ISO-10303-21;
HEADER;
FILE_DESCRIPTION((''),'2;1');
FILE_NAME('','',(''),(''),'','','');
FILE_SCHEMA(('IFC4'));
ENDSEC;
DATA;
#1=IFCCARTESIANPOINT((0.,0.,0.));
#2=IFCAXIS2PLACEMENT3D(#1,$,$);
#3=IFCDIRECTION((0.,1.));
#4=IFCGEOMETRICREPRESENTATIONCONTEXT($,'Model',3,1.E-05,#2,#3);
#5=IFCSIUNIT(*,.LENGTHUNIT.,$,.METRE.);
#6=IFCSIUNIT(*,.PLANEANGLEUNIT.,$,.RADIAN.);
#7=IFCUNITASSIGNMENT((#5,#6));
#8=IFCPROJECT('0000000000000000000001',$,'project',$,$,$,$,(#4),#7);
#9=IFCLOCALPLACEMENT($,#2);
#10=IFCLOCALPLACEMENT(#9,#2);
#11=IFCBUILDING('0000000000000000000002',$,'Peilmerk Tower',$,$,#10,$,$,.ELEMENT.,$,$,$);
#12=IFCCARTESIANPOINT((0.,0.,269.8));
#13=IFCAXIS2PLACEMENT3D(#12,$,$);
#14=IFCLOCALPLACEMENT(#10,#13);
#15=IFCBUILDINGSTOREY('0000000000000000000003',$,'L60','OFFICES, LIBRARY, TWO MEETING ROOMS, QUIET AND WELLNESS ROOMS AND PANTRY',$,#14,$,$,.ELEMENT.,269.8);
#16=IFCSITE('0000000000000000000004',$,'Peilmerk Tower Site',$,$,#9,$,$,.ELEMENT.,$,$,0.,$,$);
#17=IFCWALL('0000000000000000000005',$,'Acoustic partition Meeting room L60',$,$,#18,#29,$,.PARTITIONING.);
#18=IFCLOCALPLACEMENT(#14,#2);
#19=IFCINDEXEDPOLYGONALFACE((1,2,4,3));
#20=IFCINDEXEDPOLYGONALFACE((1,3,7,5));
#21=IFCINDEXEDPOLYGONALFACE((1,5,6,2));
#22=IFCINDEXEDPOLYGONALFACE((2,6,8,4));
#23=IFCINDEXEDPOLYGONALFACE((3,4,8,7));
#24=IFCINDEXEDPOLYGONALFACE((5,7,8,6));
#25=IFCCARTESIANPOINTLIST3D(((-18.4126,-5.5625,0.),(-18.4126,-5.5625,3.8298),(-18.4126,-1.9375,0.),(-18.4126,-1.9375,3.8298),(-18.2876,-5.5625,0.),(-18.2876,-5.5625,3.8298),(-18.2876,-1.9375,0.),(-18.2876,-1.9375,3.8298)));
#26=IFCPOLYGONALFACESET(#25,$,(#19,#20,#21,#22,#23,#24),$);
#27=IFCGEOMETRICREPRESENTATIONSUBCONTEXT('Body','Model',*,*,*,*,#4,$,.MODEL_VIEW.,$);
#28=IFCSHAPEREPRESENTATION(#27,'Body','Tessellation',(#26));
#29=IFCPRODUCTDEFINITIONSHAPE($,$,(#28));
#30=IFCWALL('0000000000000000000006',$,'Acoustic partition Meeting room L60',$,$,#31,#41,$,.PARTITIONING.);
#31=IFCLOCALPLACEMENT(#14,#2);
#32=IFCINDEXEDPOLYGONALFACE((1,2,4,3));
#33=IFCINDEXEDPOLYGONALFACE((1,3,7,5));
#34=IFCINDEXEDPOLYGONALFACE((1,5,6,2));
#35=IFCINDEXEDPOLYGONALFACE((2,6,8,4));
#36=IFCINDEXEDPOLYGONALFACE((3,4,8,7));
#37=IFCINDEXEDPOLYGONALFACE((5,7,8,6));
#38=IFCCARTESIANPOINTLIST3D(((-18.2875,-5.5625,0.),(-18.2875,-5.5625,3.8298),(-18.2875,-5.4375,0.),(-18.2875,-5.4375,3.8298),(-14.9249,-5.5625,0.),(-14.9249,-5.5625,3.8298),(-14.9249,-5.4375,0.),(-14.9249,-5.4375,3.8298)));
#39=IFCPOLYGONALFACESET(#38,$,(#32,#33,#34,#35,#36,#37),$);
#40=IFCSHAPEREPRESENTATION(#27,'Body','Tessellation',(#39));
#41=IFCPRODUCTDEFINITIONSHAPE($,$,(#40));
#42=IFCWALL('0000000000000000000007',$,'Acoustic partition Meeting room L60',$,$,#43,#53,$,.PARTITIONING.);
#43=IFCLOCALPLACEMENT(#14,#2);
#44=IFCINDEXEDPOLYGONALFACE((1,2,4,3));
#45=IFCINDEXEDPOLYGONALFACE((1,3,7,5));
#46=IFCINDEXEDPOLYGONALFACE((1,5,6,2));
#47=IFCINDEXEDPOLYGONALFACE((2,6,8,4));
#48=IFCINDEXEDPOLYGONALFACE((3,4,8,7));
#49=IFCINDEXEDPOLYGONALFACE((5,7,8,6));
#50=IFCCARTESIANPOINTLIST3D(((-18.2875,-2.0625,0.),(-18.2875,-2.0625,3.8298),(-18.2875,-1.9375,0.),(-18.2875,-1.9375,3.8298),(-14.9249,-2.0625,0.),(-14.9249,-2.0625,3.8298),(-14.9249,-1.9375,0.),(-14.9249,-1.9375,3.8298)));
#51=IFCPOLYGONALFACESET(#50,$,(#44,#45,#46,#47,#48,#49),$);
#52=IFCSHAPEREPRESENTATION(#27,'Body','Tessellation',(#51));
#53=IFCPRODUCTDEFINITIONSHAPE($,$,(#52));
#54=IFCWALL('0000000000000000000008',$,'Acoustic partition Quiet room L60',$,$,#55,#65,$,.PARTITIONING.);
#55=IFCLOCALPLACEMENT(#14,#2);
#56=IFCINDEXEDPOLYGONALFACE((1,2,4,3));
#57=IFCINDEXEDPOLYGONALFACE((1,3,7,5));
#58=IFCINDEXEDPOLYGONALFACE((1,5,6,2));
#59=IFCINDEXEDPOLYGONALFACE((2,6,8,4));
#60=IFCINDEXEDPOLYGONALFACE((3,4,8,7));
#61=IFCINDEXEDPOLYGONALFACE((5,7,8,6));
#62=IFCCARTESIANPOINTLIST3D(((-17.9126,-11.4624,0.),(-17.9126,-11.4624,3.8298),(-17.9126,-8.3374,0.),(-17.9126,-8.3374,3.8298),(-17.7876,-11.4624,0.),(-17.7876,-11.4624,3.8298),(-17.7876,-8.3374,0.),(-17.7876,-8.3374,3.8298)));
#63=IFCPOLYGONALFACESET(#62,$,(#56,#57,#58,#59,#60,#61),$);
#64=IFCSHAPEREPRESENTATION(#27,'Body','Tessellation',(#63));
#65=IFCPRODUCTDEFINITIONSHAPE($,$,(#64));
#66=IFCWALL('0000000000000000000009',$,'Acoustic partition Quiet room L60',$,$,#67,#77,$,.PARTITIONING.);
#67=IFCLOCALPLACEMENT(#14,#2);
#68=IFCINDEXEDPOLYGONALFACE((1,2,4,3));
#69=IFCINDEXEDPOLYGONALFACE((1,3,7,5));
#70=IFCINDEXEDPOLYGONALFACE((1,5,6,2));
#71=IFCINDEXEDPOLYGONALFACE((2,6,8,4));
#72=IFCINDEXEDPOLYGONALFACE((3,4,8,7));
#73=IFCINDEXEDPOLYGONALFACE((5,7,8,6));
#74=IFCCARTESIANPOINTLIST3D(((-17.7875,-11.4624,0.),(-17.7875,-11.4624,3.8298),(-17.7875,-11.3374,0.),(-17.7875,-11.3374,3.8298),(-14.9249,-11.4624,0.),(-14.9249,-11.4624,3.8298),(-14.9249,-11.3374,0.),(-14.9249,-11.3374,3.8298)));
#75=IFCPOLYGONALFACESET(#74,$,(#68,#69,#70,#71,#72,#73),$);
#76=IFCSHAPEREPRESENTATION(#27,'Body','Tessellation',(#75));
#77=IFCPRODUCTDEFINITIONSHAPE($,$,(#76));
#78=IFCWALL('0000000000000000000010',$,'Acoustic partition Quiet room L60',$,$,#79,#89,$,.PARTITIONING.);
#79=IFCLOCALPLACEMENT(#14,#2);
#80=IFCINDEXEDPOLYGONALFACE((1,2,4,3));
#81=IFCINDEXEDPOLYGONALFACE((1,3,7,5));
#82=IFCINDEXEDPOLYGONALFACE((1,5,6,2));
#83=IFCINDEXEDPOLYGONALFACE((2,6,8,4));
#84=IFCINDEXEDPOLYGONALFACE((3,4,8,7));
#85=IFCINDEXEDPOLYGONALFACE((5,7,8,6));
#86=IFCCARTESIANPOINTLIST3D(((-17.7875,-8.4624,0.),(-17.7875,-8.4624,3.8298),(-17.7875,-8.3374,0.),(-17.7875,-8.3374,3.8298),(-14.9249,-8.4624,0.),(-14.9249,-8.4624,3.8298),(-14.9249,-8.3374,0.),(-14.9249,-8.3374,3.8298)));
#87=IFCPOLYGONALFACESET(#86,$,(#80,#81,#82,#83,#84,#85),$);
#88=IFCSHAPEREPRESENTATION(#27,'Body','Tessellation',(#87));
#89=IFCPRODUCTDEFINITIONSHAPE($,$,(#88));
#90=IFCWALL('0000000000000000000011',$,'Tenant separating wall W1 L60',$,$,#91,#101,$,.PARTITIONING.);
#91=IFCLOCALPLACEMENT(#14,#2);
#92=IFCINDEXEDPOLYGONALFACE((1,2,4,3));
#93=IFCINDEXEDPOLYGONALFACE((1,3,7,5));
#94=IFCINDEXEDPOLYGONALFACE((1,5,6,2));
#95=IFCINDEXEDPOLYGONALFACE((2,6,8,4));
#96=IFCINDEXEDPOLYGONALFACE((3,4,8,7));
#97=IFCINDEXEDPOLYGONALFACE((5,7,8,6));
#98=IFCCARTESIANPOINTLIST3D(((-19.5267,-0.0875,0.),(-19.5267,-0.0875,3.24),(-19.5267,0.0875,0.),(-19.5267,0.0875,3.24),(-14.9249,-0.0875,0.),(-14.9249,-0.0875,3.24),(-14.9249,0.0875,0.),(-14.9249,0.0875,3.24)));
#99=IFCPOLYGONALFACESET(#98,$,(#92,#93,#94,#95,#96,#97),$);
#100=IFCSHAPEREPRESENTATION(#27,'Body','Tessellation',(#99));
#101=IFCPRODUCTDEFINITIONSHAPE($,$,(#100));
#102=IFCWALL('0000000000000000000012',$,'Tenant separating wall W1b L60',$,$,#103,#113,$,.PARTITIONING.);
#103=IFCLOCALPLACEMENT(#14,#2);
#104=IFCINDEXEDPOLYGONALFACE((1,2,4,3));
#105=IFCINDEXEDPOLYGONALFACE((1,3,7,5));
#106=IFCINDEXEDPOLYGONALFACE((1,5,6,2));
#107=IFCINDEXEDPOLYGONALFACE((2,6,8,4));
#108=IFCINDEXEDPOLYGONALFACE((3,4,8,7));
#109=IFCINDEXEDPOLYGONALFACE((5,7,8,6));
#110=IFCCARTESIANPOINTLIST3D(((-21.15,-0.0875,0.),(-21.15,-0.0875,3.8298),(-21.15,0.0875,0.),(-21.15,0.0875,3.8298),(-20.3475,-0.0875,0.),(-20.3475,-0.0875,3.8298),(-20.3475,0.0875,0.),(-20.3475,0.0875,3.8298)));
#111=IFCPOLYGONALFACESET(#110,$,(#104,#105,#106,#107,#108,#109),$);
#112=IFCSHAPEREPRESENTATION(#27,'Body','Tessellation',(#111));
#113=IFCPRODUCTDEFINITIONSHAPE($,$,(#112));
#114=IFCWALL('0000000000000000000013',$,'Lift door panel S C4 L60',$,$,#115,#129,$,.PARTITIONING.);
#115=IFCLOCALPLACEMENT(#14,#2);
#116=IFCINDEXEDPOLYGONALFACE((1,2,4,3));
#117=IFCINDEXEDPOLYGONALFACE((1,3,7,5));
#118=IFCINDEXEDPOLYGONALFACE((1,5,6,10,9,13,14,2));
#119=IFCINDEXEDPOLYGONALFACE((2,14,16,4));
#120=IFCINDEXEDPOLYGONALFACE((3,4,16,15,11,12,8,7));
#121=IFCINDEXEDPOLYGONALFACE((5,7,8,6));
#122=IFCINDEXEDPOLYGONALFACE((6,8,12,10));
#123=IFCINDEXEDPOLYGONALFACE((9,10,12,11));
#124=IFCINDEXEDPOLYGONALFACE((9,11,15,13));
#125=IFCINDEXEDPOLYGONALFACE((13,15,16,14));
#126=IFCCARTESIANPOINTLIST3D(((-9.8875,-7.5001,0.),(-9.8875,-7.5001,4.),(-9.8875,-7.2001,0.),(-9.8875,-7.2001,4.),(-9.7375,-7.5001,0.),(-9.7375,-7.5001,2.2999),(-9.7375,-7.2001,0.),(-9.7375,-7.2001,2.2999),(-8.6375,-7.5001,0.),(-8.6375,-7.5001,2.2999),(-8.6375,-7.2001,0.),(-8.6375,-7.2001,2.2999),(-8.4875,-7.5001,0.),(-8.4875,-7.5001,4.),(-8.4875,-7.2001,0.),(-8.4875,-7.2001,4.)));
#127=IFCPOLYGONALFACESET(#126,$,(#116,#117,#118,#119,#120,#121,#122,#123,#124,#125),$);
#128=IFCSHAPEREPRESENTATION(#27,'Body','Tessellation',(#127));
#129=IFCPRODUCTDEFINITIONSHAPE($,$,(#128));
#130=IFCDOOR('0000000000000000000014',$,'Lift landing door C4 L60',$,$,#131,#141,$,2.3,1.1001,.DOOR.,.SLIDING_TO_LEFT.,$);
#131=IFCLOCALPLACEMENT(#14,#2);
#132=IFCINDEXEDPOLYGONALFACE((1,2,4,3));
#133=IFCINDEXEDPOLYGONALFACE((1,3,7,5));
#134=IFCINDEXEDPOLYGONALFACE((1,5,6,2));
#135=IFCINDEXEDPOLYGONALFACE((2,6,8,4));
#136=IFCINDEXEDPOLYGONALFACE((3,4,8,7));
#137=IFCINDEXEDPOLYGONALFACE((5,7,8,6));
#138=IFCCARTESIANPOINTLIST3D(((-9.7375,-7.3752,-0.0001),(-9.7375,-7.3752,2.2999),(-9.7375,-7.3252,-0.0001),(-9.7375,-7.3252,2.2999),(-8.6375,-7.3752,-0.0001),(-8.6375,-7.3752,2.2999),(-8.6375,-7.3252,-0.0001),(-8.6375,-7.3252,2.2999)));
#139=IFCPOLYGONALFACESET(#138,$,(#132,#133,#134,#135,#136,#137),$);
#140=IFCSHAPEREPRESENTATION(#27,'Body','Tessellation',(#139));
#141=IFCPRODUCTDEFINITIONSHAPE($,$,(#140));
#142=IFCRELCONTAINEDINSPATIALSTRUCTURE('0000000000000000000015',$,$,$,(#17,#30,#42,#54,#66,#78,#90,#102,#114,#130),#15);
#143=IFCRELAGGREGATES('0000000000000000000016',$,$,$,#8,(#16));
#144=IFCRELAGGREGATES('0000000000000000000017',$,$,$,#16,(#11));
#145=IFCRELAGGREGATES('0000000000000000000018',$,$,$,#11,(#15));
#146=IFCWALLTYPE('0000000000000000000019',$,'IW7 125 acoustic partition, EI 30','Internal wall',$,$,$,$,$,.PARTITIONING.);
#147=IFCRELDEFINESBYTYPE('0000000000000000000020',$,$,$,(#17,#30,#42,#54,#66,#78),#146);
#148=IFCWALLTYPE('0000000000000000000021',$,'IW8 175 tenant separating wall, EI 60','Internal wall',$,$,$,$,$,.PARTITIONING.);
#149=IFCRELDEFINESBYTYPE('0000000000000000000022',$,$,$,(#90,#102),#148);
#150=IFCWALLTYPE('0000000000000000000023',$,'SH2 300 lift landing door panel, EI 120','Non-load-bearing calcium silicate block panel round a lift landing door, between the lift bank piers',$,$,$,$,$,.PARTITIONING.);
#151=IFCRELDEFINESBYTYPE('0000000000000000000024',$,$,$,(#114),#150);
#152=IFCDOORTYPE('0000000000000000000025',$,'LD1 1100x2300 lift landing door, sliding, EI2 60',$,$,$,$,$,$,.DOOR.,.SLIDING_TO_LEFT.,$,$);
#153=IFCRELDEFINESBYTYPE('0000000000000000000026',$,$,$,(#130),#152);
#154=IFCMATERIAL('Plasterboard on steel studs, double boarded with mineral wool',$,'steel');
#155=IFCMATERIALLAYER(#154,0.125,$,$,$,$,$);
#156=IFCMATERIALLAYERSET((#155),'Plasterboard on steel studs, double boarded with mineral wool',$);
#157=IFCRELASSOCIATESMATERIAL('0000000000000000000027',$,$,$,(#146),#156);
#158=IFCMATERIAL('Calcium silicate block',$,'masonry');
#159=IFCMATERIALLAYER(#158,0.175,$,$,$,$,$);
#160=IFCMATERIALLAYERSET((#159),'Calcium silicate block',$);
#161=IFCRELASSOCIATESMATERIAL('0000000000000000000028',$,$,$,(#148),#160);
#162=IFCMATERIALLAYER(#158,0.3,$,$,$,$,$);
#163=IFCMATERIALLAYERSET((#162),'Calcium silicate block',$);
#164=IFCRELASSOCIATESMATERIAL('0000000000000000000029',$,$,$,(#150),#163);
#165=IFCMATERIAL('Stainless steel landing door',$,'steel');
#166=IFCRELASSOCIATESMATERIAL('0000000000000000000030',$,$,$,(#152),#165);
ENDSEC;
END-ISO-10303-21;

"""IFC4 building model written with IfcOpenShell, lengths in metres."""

from ifc_helpers import new_model, si_unit, direction, frame, frame_2d, origin, place, context, subcontext, project, spatial, rectangle, extrude, material, layer, layer_set, type_object, element, fill, save


model = new_model("IFC4")

# Units and contexts
model_context = context("Model", 3, precision=1e-05, world=origin(), true_north=direction((0.0, 1.0)))
body_context = subcontext(model_context, "Body", "Model", "MODEL_VIEW")
ifc_project = project(units=[si_unit("LENGTHUNIT", "METRE"), si_unit("PLANEANGLEUNIT", "RADIAN")], contexts=[model_context])

# Site, building, storey
site_placement = place(None, origin())
site = spatial("IfcSite", under=ifc_project, at=site_placement, Name="Peilmerk Tower Site", CompositionType="ELEMENT", RefElevation=0.0)
building_placement = place(site_placement, origin())
building = spatial("IfcBuilding", under=site, at=building_placement, Name="Peilmerk Tower", CompositionType="ELEMENT")
storey_placement = place(building_placement, frame((0.0, 0.0, 269.8)))
storey = spatial("IfcBuildingStorey", under=building, at=storey_placement, Name="L60", Description="OFFICES, LIBRARY, TWO MEETING ROOMS, QUIET AND WELLNESS ROOMS AND PANTRY", CompositionType="ELEMENT", Elevation=269.8)

# Walls
ifc_material_1 = material(Name="Plasterboard on steel studs, double boarded with mineral wool", Category="steel")
ifc_layer_1 = layer(ifc_material_1, 0.125)
ifc_layer_set_1 = layer_set([ifc_layer_1], Name="Plasterboard on steel studs, double boarded with mineral wool")
wall_type_1 = type_object("IfcWallType", Name="IW7 125 acoustic partition, EI 30", Description="Internal wall", PredefinedType="PARTITIONING", material=ifc_layer_set_1)
wall_1_placement = place(storey_placement, frame((-18.3501, -5.5625, 0.0), z_axis=(0.0, 0.0, 1.0), x_axis=(0.0, 1.0, 0.0)))
element("IfcWall", 1, at=wall_1_placement, inside=storey, type_object=wall_type_1, Name="Acoustic partition Meeting room L60", PredefinedType="PARTITIONING", context=body_context, shape_type="SweptSolid", body=[
    extrude(rectangle(XDim=3.625, YDim=0.125, at=frame_2d((1.8125, 0.0))), origin(), (0.0, 0.0, 1.0), 3.8298),
])
for number, where, z_axis, x_axis, name in (
    (2, (-14.925, -5.5, 0.0), (0.0, 0.0, 1.0), (-1.0, 0.0, 0.0), "Acoustic partition Meeting room L60"),
    (3, (-14.925, -2.0, 0.0), (0.0, 0.0, 1.0), (-1.0, 0.0, 0.0), "Acoustic partition Meeting room L60"),
):
    element("IfcWall", number, at=place(storey_placement, frame(where, z_axis=z_axis, x_axis=x_axis)), inside=storey, type_object=wall_type_1, Name=name, PredefinedType="PARTITIONING", context=body_context, shape_type="SweptSolid", body=[
        extrude(rectangle(XDim=3.3625, YDim=0.125, at=frame_2d((1.6812, 0.0))), origin(), (0.0, 0.0, 1.0), 3.8298),
    ])
wall_2_placement = place(storey_placement, frame((-17.8501, -11.4624, 0.0), z_axis=(0.0, 0.0, 1.0), x_axis=(0.0, 1.0, 0.0)))
element("IfcWall", 4, at=wall_2_placement, inside=storey, type_object=wall_type_1, Name="Acoustic partition Quiet room L60", PredefinedType="PARTITIONING", context=body_context, shape_type="SweptSolid", body=[
    extrude(rectangle(XDim=3.125, YDim=0.125, at=frame_2d((1.5625, 0.0))), origin(), (0.0, 0.0, 1.0), 3.8298),
])
for number, where, z_axis, x_axis, name in (
    (5, (-14.925, -11.3999, 0.0), (0.0, 0.0, 1.0), (-1.0, 0.0, 0.0), "Acoustic partition Quiet room L60"),
    (6, (-14.925, -8.3999, 0.0), (0.0, 0.0, 1.0), (-1.0, 0.0, 0.0), "Acoustic partition Quiet room L60"),
):
    element("IfcWall", number, at=place(storey_placement, frame(where, z_axis=z_axis, x_axis=x_axis)), inside=storey, type_object=wall_type_1, Name=name, PredefinedType="PARTITIONING", context=body_context, shape_type="SweptSolid", body=[
        extrude(rectangle(XDim=2.8625, YDim=0.125, at=frame_2d((1.4312, 0.0))), origin(), (0.0, 0.0, 1.0), 3.8298),
    ])
ifc_material_2 = material(Name="Calcium silicate block", Category="masonry")
ifc_layer_2 = layer(ifc_material_2, 0.175)
ifc_layer_set_2 = layer_set([ifc_layer_2], Name="Calcium silicate block")
wall_type_2 = type_object("IfcWallType", Name="IW8 175 tenant separating wall, EI 60", Description="Internal wall", PredefinedType="PARTITIONING", material=ifc_layer_set_2)
wall_3_placement = place(storey_placement, frame((-14.925, 0.0, 0.0), z_axis=(0.0, 0.0, 1.0), x_axis=(-1.0, 0.0, 0.0)))
element("IfcWall", 7, at=wall_3_placement, inside=storey, type_object=wall_type_2, Name="Tenant separating wall W1 L60", PredefinedType="PARTITIONING", context=body_context, shape_type="SweptSolid", body=[
    extrude(rectangle(XDim=4.6018, YDim=0.175, at=frame_2d((2.3008, 0.0))), origin(), (0.0, 0.0, 1.0), 3.24),
])
wall_4_placement = place(storey_placement, frame((-20.3474, 0.0, 0.0), z_axis=(0.0, 0.0, 1.0), x_axis=(-1.0, 0.0, 0.0)))
element("IfcWall", 8, at=wall_4_placement, inside=storey, type_object=wall_type_2, Name="Tenant separating wall W1b L60", PredefinedType="PARTITIONING", context=body_context, shape_type="SweptSolid", body=[
    extrude(rectangle(XDim=0.8025, YDim=0.175, at=frame_2d((0.4014, 0.0))), origin(), (0.0, 0.0, 1.0), 3.8298),
])

# Wall, opening, door
ifc_layer_3 = layer(ifc_material_2, 0.3)
ifc_layer_set_3 = layer_set([ifc_layer_3], Name="Calcium silicate block")
wall_type_3 = type_object("IfcWallType", Name="SH2 300 lift landing door panel, EI 120", Description="Non-load-bearing calcium silicate block panel round a lift landing door, between the lift bank piers", PredefinedType="PARTITIONING", material=ifc_layer_set_3)
wall_5_placement = place(storey_placement, frame((-9.8875, -7.3501, 0.0), z_axis=(0.0, 0.0, 1.0), x_axis=(1.0, 0.0, 0.0)))
wall_5 = element("IfcWall", 9, at=wall_5_placement, inside=storey, type_object=wall_type_3, Name="Lift door panel S C4 L60", PredefinedType="PARTITIONING", context=body_context, shape_type="SweptSolid", body=[
    extrude(rectangle(XDim=1.3999, YDim=0.3, at=frame_2d((0.7, 0.0))), origin(), (0.0, 0.0, 1.0), 4.0),
])
opening_1_placement = place(wall_5_placement, frame((0.1499, 0.0, 0.0)))
opening_1 = element("IfcOpeningElement", 10, at=opening_1_placement, cuts=wall_5, PredefinedType="OPENING", context=body_context, shape_type="SweptSolid", body=[
    extrude(rectangle(XDim=1.1001, YDim=2.3, at=frame_2d((0.55, 1.1499))), frame((0.0, 0.1599, 0.0), z_axis=(0.0, -1.0, 0.0), x_axis=(1.0, 0.0, 0.0)), (0.0, 0.0, 1.0), 0.3201),
])
ifc_material_3 = material(Name="Stainless steel landing door", Category="steel")
door_type_1 = type_object("IfcDoorType", Name="LD1 1100x2300 lift landing door, sliding, EI2 60", OperationType="SLIDING_TO_LEFT", PredefinedType="DOOR", material=ifc_material_3)
door_1_placement = place(opening_1_placement, origin())
door_1 = element("IfcDoor", 11, at=door_1_placement, inside=storey, type_object=door_type_1, Name="Lift landing door C4 L60", OperationType="SLIDING_TO_LEFT", OverallHeight=2.3, OverallWidth=1.1001, PredefinedType="DOOR", context=body_context, shape_type="SweptSolid", body=[
    extrude(rectangle(XDim=1.1001, YDim=2.3, at=frame_2d((0.55, 1.1499))), frame((0.0, 0.0249, 0.0), z_axis=(0.0, -1.0, 0.0), x_axis=(1.0, 0.0, 0.0)), (0.0, 0.0, 1.0), 0.05),
])
fill(opening_1, door_1)

save(model, "model.ifc")
